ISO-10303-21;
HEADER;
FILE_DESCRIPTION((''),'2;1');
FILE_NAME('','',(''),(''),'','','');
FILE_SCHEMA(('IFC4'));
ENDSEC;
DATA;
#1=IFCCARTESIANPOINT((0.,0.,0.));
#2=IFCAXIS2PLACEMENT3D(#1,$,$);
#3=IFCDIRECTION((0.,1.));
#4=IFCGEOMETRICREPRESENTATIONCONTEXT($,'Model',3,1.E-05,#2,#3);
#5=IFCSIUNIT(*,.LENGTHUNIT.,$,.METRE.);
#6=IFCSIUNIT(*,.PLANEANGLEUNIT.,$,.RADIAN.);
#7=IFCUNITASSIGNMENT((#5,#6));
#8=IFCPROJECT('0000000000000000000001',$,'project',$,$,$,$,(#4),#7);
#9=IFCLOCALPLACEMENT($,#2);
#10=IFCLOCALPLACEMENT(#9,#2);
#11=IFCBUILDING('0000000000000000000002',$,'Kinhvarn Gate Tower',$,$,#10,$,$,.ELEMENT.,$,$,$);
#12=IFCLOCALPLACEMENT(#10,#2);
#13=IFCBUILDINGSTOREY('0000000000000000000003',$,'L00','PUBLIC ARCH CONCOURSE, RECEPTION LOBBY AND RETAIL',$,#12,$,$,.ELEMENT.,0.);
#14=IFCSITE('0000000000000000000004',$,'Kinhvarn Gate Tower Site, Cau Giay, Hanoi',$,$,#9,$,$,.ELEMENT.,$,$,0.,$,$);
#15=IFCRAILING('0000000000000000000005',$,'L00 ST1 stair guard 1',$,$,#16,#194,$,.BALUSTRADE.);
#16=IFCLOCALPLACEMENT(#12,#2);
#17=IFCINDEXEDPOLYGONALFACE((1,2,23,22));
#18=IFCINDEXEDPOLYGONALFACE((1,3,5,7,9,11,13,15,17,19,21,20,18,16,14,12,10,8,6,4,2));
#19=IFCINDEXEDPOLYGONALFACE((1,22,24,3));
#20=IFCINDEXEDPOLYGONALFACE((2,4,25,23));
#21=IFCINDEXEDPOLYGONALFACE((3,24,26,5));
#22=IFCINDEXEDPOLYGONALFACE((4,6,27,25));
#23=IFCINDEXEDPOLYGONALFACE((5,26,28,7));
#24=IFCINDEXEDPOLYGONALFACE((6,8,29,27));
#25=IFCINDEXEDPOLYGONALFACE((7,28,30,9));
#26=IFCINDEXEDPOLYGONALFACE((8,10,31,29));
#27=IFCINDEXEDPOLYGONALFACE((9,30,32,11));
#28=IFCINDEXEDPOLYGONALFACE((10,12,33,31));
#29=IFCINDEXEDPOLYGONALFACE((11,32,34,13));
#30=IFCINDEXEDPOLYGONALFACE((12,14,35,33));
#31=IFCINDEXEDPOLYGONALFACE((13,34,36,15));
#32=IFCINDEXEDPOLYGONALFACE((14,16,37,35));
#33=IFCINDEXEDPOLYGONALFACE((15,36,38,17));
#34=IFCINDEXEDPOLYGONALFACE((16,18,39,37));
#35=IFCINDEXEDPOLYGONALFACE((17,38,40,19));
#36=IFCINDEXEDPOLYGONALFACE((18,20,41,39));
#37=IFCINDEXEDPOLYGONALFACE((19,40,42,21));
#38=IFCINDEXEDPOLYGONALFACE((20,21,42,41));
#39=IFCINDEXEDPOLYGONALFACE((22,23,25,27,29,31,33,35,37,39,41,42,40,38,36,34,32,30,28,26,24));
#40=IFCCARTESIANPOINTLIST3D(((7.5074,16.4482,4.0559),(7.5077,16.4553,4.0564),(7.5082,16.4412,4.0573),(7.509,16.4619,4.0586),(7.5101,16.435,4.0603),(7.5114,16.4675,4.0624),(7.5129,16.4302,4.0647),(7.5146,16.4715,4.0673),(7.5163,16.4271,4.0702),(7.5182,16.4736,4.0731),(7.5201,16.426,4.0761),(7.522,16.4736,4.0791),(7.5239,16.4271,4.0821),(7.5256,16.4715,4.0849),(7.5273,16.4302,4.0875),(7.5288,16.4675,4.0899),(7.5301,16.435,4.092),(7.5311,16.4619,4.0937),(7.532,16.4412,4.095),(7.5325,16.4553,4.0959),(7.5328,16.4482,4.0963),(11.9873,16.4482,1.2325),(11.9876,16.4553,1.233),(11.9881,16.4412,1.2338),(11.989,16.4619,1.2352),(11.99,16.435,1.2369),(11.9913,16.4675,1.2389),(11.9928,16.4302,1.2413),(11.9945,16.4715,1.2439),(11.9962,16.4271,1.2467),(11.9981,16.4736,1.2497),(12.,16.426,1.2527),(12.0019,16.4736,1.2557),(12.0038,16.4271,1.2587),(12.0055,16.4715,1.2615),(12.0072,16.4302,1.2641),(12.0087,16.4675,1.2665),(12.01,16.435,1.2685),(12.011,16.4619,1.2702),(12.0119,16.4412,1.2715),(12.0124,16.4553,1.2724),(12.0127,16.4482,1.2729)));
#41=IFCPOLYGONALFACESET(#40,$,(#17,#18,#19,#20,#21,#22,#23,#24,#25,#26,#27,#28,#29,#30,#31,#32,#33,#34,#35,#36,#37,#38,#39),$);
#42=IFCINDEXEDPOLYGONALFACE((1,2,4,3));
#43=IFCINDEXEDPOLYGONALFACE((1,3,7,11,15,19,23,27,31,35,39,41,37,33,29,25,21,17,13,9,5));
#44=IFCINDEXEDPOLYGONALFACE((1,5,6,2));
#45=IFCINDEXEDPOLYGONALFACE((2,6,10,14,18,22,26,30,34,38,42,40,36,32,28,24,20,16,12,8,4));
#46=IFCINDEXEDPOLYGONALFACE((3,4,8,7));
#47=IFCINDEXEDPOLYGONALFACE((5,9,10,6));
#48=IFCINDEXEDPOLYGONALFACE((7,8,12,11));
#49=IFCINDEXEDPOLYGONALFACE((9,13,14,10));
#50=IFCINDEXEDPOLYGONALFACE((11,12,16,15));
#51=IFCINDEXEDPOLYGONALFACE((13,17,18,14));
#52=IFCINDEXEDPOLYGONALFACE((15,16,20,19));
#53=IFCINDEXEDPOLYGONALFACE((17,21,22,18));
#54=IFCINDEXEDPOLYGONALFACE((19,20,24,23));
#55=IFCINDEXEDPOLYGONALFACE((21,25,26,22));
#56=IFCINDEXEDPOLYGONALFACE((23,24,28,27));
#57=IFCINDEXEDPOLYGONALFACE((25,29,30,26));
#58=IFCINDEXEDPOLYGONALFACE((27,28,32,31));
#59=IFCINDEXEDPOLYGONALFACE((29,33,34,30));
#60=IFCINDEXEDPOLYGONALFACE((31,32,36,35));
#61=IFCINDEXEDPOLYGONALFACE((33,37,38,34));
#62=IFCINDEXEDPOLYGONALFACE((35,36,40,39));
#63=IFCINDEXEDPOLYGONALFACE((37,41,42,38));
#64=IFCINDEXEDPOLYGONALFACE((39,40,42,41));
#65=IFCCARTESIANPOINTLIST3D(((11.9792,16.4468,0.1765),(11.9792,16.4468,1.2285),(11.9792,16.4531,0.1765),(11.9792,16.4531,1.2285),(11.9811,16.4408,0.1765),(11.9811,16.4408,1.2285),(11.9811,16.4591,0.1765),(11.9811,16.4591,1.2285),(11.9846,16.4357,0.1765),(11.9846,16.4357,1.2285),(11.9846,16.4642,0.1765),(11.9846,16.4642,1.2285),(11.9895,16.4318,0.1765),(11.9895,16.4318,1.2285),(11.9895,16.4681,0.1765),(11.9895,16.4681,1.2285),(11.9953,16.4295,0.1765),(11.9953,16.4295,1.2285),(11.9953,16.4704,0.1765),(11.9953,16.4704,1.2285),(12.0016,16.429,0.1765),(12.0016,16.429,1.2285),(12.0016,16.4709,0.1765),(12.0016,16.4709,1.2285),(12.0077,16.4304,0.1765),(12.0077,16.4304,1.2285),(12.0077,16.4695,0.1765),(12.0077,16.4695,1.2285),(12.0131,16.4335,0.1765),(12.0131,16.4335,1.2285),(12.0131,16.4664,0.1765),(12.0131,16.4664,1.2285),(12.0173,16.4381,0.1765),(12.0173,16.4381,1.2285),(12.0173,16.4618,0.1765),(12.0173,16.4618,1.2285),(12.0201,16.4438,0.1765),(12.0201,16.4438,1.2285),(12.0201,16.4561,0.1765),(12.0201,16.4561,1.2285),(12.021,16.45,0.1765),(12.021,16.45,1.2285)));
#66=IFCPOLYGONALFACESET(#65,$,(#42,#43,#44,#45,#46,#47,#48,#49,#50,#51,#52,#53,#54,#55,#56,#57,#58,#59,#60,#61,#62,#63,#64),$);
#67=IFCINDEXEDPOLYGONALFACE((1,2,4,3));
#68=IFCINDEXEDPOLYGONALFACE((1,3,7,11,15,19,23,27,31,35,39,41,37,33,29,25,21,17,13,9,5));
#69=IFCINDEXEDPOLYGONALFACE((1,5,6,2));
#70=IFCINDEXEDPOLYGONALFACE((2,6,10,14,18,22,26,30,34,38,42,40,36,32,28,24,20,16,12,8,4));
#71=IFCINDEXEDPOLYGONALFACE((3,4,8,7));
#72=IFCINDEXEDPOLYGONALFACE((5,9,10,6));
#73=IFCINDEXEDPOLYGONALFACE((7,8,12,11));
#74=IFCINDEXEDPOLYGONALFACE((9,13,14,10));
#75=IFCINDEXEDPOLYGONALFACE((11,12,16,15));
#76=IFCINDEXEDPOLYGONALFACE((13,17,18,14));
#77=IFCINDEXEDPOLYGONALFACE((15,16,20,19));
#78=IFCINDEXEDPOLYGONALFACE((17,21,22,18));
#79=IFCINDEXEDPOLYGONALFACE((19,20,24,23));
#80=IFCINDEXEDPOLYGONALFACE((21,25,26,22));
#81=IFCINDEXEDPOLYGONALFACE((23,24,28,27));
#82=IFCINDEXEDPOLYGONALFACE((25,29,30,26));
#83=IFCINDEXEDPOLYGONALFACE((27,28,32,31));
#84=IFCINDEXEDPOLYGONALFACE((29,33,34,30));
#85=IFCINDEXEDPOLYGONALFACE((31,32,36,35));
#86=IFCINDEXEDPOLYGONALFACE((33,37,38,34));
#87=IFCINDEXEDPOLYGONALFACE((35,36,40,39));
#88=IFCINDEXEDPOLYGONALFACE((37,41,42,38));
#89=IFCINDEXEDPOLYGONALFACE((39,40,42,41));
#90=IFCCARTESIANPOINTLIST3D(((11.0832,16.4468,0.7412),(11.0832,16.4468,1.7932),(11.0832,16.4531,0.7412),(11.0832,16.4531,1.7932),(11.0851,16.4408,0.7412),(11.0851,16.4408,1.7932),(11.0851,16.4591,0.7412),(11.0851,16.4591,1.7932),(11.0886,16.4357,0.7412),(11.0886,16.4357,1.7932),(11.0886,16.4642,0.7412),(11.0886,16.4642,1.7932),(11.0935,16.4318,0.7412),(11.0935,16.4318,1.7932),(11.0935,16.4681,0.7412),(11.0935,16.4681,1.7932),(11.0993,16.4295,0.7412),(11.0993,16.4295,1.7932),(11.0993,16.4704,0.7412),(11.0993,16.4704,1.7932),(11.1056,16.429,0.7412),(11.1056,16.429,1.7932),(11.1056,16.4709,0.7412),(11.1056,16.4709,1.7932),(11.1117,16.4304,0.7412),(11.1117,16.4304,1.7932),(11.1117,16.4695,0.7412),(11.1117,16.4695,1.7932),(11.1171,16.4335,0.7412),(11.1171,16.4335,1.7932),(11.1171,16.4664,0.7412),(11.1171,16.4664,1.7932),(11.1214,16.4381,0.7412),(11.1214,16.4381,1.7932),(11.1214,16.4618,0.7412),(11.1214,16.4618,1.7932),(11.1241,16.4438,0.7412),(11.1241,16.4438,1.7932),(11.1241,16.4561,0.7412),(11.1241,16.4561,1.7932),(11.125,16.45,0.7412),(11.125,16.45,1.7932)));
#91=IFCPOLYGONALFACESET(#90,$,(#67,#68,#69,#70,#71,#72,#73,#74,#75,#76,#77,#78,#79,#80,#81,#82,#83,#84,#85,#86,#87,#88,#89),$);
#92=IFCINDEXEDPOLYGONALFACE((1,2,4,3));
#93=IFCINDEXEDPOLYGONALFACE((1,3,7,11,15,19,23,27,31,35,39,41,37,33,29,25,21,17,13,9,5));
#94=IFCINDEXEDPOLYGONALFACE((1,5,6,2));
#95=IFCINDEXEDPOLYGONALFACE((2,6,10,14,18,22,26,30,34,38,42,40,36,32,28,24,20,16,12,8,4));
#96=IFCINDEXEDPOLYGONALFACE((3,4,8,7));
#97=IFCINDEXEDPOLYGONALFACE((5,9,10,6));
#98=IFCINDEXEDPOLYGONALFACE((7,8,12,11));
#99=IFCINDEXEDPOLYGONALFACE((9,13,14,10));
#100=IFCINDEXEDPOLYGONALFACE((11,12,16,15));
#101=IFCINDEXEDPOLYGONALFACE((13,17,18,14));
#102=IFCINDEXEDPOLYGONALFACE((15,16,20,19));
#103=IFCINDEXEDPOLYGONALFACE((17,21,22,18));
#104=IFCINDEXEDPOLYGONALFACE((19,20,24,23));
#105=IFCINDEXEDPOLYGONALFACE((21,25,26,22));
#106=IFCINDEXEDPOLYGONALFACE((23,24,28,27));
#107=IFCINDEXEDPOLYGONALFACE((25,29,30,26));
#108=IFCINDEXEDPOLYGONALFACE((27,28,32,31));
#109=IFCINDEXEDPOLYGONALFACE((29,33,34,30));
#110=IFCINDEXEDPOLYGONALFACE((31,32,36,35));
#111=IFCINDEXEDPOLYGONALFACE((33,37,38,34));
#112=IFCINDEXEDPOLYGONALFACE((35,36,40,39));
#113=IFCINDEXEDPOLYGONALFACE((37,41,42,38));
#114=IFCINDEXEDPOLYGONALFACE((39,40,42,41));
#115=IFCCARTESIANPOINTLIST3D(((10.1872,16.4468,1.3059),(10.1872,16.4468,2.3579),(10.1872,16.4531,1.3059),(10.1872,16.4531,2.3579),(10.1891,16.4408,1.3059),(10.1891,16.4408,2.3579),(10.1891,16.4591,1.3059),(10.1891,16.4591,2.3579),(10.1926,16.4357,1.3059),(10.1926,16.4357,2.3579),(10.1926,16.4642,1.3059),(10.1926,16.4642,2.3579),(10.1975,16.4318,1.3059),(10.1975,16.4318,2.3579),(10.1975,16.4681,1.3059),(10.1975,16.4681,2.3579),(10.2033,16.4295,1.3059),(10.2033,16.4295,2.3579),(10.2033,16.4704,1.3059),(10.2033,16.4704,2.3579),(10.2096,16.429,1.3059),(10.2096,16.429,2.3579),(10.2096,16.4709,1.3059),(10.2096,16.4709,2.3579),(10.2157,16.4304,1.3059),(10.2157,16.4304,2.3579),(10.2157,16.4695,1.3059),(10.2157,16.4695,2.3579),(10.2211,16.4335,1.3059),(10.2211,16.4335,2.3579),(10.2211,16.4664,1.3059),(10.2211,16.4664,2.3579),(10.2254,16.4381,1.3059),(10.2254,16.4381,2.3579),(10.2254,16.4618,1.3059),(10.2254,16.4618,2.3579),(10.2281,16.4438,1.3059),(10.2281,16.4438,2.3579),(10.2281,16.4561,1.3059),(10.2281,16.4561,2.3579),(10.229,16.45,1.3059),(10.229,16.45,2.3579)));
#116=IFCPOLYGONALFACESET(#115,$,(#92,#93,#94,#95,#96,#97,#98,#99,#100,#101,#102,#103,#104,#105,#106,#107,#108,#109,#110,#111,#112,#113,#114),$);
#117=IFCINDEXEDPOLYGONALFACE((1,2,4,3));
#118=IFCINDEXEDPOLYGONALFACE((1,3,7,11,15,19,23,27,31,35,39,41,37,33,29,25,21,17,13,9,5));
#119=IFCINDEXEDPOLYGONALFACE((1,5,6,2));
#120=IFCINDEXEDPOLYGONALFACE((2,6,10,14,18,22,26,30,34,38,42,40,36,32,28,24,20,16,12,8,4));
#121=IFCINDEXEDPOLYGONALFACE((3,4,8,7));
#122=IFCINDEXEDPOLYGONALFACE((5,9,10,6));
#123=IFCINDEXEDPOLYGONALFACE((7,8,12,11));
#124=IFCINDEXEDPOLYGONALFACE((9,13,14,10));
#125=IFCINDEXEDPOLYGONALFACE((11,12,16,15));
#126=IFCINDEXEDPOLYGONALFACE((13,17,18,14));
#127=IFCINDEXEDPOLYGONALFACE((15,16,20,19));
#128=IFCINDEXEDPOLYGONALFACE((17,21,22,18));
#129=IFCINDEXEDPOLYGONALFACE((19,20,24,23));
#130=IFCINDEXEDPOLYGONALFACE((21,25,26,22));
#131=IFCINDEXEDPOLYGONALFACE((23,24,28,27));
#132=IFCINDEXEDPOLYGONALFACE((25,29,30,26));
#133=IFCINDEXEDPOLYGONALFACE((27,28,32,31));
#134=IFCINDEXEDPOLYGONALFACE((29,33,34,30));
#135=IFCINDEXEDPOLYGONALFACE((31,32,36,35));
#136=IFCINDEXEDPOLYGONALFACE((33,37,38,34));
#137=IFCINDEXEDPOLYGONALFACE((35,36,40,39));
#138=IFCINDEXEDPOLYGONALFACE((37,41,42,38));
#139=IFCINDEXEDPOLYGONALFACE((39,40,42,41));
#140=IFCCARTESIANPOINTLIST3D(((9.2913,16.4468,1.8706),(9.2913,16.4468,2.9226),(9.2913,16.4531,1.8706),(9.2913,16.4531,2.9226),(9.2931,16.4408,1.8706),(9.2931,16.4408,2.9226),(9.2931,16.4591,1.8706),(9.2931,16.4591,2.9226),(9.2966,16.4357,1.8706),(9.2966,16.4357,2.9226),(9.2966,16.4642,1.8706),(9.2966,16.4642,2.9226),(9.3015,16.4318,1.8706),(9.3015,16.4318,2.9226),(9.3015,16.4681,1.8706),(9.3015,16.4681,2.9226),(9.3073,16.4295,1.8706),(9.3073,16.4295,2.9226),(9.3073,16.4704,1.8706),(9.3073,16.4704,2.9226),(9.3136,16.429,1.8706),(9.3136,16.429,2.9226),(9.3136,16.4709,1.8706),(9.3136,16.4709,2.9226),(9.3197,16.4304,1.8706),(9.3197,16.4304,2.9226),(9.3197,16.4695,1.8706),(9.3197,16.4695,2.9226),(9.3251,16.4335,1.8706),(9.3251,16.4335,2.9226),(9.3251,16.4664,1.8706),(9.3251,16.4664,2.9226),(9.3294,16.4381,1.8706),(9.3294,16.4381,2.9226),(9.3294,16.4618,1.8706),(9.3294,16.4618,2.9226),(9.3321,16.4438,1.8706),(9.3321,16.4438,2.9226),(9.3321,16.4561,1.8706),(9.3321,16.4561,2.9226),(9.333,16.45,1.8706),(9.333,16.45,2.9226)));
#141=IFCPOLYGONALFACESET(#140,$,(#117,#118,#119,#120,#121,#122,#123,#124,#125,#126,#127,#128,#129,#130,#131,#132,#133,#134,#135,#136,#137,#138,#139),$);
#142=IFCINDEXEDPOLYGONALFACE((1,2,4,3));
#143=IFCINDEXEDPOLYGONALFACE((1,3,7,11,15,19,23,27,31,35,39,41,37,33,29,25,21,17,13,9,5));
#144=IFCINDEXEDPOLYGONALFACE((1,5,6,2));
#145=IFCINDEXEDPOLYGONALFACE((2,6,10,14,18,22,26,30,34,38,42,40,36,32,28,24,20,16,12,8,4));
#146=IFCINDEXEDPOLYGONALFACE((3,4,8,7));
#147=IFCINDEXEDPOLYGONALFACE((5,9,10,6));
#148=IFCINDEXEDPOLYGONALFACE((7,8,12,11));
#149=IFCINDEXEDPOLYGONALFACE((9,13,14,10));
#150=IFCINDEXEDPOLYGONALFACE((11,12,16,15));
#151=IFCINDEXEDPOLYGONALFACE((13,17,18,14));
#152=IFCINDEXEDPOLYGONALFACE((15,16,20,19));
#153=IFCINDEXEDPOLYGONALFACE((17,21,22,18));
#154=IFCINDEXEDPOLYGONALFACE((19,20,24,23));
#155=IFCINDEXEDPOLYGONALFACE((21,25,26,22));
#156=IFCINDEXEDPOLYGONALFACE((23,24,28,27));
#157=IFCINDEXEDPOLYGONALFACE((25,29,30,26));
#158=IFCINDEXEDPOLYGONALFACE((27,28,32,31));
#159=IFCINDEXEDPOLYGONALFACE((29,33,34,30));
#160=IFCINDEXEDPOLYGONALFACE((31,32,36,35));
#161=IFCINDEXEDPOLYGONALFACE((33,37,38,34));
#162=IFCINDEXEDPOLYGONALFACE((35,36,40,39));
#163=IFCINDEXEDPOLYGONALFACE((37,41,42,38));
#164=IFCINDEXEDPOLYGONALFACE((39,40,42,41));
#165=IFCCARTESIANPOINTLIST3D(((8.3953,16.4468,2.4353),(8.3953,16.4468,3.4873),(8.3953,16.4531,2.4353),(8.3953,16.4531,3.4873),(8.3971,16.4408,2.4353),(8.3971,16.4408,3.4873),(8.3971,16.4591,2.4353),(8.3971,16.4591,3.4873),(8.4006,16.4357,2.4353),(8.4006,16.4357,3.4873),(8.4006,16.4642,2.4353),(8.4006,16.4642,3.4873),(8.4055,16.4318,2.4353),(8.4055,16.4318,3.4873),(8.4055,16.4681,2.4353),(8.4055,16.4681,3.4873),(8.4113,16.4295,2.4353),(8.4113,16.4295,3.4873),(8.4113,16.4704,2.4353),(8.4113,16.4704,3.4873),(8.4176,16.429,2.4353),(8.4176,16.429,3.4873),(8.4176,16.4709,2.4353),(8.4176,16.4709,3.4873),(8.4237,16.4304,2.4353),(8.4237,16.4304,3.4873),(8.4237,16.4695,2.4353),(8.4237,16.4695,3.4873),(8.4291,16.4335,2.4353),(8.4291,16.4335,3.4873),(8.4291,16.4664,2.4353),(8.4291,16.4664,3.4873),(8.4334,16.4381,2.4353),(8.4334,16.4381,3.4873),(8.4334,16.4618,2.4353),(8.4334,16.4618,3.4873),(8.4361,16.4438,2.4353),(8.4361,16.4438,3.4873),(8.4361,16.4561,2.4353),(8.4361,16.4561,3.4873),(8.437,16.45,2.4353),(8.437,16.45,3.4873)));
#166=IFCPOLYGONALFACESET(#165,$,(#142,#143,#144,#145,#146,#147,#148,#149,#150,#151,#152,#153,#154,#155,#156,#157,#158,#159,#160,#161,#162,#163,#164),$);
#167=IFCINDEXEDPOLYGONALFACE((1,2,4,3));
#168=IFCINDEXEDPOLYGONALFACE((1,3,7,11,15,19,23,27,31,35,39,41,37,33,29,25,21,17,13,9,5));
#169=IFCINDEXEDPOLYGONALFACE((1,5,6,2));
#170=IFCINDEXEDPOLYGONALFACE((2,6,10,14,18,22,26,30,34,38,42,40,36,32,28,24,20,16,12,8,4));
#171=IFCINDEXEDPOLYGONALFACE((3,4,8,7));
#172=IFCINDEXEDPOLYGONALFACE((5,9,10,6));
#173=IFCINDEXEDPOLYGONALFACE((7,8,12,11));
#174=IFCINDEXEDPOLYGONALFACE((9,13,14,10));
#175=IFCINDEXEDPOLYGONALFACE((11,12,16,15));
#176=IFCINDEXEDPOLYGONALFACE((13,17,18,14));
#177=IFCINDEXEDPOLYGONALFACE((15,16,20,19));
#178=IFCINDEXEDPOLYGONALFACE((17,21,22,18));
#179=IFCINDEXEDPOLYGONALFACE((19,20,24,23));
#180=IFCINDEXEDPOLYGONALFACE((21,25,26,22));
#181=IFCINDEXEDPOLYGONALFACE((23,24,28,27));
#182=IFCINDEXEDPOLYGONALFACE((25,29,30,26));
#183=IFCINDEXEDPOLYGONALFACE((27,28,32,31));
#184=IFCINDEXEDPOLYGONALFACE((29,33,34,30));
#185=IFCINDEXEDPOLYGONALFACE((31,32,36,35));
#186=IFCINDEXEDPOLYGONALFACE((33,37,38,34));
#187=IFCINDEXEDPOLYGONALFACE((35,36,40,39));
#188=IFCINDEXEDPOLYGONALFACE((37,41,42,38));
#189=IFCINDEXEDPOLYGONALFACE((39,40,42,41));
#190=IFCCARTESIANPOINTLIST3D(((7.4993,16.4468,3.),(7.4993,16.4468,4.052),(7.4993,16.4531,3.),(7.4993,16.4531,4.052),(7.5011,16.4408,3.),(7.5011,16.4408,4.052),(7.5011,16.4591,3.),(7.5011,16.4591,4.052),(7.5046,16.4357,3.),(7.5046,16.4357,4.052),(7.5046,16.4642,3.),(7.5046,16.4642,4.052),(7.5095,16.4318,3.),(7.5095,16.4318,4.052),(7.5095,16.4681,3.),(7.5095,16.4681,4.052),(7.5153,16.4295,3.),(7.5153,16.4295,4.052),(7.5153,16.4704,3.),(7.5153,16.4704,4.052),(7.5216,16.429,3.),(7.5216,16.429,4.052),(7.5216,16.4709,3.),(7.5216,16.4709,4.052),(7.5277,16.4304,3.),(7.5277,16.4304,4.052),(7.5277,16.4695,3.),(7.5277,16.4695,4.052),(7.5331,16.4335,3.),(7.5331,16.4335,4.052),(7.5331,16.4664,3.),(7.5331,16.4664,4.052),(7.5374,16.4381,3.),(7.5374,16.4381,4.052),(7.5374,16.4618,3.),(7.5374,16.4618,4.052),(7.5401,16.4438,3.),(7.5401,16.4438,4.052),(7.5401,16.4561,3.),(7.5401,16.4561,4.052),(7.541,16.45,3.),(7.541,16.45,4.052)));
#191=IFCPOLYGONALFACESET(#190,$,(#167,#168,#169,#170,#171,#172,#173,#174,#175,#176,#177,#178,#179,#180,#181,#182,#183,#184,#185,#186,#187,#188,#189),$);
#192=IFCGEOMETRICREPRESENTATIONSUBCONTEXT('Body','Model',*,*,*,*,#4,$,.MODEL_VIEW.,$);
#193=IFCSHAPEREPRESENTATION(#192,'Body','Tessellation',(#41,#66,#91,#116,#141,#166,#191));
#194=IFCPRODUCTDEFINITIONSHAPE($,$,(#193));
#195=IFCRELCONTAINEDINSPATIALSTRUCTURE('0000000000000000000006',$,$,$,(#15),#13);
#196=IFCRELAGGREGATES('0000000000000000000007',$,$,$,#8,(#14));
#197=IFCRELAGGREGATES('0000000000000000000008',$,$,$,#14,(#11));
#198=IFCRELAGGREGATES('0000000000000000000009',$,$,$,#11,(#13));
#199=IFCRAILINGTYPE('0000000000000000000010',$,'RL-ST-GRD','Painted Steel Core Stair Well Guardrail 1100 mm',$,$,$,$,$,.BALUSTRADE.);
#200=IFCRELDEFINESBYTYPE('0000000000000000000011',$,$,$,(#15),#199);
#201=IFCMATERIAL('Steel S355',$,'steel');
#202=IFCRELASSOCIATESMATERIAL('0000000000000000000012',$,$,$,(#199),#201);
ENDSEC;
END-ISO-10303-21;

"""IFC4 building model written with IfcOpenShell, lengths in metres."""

from ifc_helpers import new_model, si_unit, direction, frame, origin, origin_2d, place, context, subcontext, project, spatial, circle, extrude, material, type_object, element, save


model = new_model("IFC4")

# Units and contexts
model_context = context("Model", 3, precision=1e-05, world=origin(), true_north=direction((0.0, 1.0)))
body_context = subcontext(model_context, "Body", "Model", "MODEL_VIEW")
ifc_project = project(units=[si_unit("LENGTHUNIT", "METRE"), si_unit("PLANEANGLEUNIT", "RADIAN")], contexts=[model_context])

# Site, building, storey
site_placement = place(None, origin())
site = spatial("IfcSite", under=ifc_project, at=site_placement, Name="Kinhvarn Gate Tower Site, Cau Giay, Hanoi", CompositionType="ELEMENT", RefElevation=0.0)
building_placement = place(site_placement, origin())
building = spatial("IfcBuilding", under=site, at=building_placement, Name="Kinhvarn Gate Tower", CompositionType="ELEMENT")
storey_placement = place(building_placement, origin())
storey = spatial("IfcBuildingStorey", under=building, at=storey_placement, Name="L00", Description="PUBLIC ARCH CONCOURSE, RECEPTION LOBBY AND RETAIL", CompositionType="ELEMENT", Elevation=0.0)

# Shared definitions
ifc_material_1 = material(Name="Steel S355", Category="steel")

# Railing
railing_type_1 = type_object("IfcRailingType", Name="RL-ST-GRD", Description="Painted Steel Core Stair Well Guardrail 1100 mm", PredefinedType="BALUSTRADE", material=ifc_material_1)
railing_1_placement = place(storey_placement, frame((12.0, 16.45, 0.1765)))
element("IfcRailing", 1, at=railing_1_placement, inside=storey, type_object=railing_type_1, Name="L00 ST1 stair guard 1", PredefinedType="BALUSTRADE", context=body_context, shape_type="SweptSolid", body=[
    extrude(circle(Radius=0.0239, at=origin_2d()), frame((0.0, 0.0, 1.0762), z_axis=(-0.845998, 0.0, 0.533186), x_axis=(0.0, -1.0, 0.0)), (0.0, 0.0, 1.0), 5.2954),
    extrude(circle(Radius=0.021, at=origin_2d()), origin(), (0.0, 0.0, 1.0), 1.052),
    extrude(circle(Radius=0.021, at=origin_2d()), frame((-0.896, 0.0, 0.5647)), (0.0, 0.0, 1.0), 1.052),
    extrude(circle(Radius=0.021, at=origin_2d()), frame((-1.792, 0.0, 1.1294)), (0.0, 0.0, 1.0), 1.052),
    extrude(circle(Radius=0.021, at=origin_2d()), frame((-2.688, 0.0, 1.6941)), (0.0, 0.0, 1.0), 1.052),
    extrude(circle(Radius=0.021, at=origin_2d()), frame((-3.584, 0.0, 2.2588)), (0.0, 0.0, 1.0), 1.052),
    extrude(circle(Radius=0.021, at=origin_2d()), frame((-4.48, 0.0, 2.8235)), (0.0, 0.0, 1.0), 1.052),
])

save(model, "model.ifc")
